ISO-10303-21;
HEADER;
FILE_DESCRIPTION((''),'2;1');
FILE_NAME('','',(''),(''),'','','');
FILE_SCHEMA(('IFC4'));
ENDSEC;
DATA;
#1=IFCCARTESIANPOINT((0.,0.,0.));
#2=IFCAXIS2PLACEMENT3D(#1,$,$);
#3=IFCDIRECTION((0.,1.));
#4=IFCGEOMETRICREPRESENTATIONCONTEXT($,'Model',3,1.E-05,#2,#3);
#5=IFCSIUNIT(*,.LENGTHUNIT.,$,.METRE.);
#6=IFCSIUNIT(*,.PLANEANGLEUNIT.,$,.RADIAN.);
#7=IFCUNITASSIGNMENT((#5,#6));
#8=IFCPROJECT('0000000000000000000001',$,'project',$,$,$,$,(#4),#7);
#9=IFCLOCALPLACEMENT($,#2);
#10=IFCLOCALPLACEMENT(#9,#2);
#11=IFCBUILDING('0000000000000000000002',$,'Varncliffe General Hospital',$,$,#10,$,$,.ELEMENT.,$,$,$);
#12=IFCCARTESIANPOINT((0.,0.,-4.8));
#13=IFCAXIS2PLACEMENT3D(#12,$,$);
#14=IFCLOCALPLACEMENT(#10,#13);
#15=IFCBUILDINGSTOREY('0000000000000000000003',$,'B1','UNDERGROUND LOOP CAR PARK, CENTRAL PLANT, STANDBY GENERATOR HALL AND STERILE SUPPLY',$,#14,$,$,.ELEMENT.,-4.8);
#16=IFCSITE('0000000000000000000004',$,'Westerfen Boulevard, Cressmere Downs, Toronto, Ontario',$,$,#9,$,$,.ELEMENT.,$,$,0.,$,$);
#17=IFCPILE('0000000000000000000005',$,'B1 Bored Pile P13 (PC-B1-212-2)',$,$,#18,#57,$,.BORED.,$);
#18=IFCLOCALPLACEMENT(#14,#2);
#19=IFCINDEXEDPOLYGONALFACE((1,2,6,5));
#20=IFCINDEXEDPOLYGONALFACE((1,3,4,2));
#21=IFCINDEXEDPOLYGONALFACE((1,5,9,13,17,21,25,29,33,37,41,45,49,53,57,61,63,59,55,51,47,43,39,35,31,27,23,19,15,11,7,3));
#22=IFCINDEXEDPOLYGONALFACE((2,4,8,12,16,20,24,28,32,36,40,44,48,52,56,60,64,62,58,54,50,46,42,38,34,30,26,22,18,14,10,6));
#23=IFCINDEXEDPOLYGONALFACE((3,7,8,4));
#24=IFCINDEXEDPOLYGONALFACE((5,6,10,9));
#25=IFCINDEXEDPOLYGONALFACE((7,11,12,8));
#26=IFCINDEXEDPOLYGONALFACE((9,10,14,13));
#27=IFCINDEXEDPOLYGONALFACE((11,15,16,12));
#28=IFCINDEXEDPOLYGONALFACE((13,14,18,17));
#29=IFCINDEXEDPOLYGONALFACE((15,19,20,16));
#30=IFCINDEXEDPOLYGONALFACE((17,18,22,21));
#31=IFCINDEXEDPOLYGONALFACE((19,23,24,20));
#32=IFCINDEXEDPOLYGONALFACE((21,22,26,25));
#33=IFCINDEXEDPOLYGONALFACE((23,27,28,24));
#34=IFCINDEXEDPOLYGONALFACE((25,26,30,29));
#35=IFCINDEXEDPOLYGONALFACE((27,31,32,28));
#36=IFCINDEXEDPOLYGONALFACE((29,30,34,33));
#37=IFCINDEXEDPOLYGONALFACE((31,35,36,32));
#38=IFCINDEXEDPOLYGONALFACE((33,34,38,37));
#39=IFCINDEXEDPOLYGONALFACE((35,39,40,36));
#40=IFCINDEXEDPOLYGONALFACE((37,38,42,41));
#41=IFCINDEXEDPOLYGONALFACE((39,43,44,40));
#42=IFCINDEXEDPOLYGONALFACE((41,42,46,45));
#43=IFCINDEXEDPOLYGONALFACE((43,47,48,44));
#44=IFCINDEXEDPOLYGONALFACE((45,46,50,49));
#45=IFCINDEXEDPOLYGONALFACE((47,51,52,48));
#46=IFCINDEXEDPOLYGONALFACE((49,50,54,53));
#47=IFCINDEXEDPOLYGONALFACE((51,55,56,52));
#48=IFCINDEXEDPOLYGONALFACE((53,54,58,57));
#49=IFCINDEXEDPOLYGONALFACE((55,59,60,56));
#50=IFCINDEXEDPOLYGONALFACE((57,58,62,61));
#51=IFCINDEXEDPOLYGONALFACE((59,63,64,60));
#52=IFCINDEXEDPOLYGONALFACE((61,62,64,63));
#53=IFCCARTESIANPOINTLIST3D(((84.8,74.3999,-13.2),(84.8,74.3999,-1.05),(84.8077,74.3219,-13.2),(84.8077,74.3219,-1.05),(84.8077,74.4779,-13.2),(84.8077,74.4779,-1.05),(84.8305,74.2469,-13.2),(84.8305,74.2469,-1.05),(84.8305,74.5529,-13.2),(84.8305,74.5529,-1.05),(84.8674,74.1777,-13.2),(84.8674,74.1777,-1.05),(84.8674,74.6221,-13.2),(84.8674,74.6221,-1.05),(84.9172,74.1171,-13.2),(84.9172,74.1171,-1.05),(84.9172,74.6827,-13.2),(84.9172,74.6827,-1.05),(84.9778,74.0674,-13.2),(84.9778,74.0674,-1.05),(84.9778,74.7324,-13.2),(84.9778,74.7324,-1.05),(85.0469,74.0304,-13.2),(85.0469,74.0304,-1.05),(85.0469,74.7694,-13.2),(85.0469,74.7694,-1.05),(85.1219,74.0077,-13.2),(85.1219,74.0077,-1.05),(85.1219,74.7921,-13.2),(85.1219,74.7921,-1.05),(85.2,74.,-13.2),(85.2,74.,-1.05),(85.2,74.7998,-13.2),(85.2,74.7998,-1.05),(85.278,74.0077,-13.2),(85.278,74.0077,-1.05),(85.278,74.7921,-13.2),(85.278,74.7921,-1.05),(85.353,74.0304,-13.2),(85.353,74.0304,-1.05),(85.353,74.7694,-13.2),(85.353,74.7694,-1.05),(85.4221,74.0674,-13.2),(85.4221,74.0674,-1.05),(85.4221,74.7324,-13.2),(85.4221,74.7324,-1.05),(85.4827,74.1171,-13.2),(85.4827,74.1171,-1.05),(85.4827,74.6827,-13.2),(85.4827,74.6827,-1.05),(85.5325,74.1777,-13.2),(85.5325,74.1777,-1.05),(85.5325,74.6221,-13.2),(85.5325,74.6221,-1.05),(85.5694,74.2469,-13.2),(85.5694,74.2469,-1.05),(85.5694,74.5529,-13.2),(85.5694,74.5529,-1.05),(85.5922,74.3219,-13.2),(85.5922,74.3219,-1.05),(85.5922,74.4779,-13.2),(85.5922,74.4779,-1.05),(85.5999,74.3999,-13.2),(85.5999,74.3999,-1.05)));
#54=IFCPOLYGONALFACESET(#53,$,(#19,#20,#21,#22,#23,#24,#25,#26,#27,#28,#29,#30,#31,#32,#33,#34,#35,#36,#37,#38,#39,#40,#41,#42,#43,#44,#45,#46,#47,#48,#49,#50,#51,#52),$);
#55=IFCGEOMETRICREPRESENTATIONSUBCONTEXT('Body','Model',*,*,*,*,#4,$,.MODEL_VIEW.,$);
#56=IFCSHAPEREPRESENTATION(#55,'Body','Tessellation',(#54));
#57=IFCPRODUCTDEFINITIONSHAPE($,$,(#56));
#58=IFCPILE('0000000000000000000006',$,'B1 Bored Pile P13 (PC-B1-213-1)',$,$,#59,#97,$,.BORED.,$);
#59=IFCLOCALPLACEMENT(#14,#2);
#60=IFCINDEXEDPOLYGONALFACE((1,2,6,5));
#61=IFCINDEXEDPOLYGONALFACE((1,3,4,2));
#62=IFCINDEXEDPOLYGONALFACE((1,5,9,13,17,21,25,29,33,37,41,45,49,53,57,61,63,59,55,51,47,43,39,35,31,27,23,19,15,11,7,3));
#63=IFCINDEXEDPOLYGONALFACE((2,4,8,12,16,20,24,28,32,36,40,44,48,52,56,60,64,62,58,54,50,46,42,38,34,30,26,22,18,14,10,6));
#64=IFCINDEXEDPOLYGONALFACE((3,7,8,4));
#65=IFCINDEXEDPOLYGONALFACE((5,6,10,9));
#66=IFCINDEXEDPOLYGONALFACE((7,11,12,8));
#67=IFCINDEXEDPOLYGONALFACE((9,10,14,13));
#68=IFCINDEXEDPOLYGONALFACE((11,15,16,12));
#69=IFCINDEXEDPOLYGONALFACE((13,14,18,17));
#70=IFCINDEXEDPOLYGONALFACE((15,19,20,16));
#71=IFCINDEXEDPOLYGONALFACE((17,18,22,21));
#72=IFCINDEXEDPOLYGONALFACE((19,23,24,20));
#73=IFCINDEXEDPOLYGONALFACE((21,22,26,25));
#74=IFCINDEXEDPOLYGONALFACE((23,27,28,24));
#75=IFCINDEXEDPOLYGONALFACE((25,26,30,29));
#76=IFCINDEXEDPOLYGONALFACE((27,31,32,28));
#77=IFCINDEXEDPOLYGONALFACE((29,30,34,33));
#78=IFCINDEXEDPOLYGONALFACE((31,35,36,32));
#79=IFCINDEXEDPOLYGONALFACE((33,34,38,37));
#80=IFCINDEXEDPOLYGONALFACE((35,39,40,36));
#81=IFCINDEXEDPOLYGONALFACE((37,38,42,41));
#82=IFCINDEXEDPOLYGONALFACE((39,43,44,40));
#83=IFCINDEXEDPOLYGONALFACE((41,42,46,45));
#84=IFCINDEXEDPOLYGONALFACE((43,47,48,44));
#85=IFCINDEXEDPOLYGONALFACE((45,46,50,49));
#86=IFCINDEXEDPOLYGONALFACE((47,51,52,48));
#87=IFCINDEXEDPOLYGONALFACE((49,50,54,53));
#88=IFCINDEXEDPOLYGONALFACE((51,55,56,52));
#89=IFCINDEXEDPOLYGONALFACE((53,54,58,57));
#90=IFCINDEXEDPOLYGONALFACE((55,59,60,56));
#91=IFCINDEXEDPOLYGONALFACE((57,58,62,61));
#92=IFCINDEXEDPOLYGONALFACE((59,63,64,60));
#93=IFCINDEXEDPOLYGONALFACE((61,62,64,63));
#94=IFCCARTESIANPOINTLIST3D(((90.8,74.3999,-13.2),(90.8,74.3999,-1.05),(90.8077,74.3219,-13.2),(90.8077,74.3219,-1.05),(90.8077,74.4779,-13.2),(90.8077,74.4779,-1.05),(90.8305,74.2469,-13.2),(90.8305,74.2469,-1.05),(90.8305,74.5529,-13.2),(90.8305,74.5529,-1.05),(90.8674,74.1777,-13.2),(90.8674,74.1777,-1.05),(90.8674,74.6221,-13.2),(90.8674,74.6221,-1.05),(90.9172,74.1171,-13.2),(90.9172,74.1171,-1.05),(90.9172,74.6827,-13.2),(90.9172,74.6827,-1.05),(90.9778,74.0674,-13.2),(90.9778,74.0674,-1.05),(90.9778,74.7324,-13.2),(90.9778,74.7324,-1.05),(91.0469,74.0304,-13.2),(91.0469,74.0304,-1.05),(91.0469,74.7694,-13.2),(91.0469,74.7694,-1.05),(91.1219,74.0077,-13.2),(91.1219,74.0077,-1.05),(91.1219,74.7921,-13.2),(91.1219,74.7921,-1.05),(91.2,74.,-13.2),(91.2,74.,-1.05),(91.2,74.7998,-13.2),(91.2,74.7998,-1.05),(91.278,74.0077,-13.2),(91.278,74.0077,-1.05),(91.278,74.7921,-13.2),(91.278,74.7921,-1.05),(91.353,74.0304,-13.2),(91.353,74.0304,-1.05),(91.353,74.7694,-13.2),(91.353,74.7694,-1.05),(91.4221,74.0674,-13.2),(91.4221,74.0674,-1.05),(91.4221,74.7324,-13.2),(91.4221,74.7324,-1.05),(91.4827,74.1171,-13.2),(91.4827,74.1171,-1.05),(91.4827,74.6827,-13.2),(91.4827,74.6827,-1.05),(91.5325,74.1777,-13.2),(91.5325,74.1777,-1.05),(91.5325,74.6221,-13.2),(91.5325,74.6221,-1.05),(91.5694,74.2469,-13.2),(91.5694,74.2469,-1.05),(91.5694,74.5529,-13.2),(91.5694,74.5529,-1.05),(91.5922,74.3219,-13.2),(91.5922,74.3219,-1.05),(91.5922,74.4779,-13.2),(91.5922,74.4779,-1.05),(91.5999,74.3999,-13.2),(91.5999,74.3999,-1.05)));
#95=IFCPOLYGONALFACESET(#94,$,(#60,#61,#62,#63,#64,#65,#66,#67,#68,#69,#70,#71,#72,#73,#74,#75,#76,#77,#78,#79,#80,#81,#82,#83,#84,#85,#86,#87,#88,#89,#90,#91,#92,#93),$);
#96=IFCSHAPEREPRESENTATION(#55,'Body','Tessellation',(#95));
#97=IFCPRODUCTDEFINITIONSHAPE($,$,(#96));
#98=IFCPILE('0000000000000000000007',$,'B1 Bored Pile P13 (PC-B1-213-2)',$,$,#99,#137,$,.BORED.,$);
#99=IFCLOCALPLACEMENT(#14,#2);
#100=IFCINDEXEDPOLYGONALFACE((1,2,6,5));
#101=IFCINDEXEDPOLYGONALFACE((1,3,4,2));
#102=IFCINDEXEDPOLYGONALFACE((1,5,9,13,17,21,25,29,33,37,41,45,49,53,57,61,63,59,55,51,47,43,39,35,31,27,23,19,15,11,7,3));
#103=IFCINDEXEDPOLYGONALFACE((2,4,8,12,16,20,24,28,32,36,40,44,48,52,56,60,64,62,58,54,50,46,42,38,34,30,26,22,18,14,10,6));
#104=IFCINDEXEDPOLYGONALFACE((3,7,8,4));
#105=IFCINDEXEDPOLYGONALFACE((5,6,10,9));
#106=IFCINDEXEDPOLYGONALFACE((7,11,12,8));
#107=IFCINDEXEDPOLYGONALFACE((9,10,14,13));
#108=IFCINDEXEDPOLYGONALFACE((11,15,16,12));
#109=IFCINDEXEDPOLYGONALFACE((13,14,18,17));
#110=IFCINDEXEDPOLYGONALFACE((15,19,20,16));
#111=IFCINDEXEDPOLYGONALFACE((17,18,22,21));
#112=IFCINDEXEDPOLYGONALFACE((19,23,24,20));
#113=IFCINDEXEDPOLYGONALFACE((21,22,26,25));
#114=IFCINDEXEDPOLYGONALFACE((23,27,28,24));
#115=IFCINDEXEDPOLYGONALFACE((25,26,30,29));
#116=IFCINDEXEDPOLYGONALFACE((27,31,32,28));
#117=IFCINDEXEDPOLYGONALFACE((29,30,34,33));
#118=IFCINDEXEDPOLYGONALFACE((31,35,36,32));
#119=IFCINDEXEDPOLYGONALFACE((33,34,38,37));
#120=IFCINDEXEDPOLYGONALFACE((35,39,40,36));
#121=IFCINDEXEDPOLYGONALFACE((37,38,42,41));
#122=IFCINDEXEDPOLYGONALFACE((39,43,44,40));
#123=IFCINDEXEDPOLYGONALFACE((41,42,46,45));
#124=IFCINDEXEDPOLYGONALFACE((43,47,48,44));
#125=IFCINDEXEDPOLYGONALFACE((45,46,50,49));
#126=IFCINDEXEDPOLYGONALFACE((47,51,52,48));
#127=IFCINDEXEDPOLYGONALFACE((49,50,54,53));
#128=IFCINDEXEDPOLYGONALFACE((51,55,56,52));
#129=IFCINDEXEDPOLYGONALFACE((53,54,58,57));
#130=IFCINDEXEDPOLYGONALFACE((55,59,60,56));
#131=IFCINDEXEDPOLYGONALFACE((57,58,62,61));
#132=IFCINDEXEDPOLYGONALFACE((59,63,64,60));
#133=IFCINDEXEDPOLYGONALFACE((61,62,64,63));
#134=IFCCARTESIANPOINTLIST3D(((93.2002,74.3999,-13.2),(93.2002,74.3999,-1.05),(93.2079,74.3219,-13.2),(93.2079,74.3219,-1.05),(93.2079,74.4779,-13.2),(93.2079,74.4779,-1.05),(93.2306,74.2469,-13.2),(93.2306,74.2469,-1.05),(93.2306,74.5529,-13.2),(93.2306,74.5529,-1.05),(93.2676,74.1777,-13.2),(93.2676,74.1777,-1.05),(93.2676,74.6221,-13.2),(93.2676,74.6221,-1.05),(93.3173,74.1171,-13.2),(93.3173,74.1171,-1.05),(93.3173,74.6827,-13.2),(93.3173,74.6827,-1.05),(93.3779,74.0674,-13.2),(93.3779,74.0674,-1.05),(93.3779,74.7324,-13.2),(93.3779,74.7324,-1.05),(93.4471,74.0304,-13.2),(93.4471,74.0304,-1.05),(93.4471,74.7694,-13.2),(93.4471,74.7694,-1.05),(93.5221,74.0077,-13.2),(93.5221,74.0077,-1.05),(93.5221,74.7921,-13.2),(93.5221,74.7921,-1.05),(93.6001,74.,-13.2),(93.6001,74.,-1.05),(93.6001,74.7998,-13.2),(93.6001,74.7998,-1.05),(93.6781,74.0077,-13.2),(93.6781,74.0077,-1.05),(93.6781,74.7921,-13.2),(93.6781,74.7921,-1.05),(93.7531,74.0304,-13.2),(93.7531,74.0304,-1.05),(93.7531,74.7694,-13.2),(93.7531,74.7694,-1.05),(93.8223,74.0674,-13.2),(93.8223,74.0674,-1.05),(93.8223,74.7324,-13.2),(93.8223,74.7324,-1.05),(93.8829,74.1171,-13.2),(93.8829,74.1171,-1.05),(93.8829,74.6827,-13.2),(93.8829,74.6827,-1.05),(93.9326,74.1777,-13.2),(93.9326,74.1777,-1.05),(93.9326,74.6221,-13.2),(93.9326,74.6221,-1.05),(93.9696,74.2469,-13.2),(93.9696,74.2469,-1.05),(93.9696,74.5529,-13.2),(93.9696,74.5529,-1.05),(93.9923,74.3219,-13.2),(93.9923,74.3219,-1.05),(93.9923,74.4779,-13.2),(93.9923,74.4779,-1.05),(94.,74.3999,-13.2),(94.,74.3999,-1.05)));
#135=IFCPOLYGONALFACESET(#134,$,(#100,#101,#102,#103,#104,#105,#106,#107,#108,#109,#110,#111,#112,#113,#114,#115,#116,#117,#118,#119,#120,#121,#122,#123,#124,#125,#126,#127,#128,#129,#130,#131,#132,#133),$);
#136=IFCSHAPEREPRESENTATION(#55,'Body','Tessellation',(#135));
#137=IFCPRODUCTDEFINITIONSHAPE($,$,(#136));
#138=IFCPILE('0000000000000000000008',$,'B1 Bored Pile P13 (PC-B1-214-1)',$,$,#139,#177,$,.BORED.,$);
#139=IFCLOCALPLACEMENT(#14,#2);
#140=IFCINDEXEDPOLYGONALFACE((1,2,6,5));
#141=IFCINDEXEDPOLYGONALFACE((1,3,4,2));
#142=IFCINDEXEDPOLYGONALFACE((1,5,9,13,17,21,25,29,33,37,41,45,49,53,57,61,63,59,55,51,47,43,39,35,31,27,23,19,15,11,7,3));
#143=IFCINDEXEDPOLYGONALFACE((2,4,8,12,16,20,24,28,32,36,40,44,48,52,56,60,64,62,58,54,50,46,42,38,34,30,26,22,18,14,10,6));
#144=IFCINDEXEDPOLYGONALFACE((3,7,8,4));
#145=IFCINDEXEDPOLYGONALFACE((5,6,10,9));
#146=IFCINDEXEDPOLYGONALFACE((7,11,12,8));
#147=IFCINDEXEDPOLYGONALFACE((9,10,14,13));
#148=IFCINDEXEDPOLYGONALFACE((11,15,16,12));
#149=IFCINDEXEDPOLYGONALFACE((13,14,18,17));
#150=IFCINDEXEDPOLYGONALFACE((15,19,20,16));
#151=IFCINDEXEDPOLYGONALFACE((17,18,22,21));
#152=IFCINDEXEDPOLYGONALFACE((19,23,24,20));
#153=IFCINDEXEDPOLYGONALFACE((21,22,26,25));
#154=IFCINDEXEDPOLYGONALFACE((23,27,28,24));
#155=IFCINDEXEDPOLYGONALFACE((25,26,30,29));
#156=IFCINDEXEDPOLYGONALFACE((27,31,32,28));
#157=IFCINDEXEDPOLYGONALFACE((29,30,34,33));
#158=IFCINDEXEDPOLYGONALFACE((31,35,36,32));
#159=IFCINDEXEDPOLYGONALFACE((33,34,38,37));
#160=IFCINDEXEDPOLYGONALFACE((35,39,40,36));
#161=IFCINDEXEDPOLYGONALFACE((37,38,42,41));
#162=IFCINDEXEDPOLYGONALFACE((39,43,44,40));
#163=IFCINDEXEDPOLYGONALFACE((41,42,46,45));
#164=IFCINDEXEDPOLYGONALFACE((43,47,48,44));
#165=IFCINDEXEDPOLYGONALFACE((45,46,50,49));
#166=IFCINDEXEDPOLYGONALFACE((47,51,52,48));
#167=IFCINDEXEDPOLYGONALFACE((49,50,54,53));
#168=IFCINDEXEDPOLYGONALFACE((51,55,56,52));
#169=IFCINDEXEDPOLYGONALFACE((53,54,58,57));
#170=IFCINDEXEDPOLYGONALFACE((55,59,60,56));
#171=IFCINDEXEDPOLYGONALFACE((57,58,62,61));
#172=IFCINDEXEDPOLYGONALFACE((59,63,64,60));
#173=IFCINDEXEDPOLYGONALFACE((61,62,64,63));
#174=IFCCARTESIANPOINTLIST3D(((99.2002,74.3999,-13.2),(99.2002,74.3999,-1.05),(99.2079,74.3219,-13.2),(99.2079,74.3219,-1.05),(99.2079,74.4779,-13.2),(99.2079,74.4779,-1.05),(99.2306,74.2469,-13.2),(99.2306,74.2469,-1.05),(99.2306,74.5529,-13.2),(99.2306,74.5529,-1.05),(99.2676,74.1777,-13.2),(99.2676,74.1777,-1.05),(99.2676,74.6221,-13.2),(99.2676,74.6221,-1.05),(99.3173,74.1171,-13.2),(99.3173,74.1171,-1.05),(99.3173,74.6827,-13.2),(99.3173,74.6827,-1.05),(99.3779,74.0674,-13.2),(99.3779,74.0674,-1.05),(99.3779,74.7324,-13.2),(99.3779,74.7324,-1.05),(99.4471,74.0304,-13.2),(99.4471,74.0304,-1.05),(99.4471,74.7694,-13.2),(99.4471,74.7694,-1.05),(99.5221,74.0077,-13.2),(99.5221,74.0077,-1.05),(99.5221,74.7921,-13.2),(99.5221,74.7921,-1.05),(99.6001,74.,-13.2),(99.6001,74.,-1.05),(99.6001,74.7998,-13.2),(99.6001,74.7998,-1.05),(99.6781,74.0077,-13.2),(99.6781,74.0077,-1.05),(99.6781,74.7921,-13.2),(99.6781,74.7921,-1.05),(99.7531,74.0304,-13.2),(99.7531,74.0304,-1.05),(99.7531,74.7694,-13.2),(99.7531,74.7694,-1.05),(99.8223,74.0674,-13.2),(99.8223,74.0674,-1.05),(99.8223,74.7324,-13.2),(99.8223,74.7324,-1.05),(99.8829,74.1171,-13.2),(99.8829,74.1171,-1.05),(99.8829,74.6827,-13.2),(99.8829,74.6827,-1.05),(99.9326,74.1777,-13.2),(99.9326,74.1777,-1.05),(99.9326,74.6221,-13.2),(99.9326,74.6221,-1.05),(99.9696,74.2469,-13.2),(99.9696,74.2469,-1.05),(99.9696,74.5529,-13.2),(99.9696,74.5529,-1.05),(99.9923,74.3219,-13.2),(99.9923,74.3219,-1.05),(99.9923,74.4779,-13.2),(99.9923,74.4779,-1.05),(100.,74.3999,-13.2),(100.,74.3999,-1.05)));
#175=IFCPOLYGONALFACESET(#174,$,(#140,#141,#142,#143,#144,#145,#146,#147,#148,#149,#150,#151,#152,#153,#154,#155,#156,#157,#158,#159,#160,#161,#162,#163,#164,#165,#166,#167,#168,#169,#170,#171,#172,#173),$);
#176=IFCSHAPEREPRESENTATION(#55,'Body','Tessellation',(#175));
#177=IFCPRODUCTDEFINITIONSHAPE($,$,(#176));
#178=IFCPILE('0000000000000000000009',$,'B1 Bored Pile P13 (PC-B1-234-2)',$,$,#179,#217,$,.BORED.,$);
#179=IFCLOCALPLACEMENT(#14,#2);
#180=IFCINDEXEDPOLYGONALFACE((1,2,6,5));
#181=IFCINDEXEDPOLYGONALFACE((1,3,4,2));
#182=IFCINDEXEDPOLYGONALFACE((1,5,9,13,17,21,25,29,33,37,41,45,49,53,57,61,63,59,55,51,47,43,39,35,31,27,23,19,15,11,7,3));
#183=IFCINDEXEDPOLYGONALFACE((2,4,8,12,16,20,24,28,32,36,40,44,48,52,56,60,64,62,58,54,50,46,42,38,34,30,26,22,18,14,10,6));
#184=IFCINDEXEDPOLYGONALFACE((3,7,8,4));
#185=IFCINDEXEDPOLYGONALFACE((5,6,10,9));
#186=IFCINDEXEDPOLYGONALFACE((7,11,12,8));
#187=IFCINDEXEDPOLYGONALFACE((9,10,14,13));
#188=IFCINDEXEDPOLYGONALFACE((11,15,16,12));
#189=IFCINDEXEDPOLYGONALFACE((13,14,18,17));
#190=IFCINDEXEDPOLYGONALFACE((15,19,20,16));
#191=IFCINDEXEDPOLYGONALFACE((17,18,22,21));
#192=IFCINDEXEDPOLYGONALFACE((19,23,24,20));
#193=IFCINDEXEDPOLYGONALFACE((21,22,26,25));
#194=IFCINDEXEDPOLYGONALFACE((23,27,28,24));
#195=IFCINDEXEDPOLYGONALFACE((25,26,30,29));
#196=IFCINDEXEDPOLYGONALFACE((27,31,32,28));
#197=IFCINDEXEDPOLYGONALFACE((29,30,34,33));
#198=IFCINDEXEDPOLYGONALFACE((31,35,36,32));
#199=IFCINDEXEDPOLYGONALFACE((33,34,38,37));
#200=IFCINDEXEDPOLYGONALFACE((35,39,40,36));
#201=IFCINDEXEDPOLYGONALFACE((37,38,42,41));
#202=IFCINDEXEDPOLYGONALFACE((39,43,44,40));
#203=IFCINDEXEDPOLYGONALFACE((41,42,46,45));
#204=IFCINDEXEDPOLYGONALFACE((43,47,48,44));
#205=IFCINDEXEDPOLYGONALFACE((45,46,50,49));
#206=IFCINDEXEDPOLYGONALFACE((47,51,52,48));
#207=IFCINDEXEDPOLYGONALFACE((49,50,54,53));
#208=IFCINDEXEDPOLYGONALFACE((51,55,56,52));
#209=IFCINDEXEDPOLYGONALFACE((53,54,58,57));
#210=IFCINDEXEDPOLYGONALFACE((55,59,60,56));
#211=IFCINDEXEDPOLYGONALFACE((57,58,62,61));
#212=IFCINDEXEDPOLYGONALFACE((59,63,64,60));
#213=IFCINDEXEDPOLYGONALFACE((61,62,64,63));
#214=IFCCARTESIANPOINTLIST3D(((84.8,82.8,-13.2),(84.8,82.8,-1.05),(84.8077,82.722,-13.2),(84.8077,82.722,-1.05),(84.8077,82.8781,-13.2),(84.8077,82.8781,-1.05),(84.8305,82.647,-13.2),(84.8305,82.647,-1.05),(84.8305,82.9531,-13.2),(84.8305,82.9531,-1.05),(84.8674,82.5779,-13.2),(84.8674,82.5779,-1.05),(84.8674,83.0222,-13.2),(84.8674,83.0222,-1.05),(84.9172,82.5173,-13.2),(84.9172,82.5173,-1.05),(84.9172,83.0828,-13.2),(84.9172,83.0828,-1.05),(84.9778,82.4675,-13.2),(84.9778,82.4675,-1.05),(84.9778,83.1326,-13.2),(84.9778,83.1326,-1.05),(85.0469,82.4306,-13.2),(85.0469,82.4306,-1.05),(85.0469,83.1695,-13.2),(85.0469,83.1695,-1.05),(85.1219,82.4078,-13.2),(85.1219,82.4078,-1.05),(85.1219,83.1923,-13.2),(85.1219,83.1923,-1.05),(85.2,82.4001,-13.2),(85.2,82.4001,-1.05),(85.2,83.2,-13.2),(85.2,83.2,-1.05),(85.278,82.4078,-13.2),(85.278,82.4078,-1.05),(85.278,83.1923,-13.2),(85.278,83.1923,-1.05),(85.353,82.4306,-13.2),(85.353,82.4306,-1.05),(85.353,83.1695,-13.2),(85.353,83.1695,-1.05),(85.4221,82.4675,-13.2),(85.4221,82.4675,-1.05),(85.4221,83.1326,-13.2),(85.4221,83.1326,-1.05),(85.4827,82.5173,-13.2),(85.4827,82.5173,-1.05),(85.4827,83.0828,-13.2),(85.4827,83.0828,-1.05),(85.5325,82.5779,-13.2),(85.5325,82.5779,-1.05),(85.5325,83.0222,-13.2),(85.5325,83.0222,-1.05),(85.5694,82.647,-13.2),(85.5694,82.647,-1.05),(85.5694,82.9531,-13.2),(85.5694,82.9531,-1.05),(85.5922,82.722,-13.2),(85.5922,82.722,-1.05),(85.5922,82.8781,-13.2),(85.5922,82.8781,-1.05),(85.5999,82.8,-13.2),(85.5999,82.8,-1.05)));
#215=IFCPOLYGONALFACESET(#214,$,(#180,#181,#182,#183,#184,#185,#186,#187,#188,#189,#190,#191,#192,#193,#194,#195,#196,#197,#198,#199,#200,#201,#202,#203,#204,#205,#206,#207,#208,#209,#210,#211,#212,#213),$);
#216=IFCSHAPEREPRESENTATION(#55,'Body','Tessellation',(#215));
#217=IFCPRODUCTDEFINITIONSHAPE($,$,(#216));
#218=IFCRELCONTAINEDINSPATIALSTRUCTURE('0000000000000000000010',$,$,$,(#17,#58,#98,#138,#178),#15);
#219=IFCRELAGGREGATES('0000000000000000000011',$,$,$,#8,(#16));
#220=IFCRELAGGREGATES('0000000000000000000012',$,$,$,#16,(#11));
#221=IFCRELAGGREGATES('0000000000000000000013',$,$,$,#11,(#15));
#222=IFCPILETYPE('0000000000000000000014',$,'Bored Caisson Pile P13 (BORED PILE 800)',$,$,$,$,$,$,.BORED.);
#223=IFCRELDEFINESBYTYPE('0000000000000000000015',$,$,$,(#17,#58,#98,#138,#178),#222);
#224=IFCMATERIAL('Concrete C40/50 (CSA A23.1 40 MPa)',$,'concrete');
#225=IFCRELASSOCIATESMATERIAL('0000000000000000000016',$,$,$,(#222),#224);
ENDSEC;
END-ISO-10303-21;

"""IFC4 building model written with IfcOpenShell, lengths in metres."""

from ifc_helpers import new_model, si_unit, direction, frame, origin, origin_2d, place, context, subcontext, project, spatial, circle, extrude, material, material_profile, profile_set, type_object, element, save


model = new_model("IFC4")

# Units and contexts
model_context = context("Model", 3, precision=1e-05, world=origin(), true_north=direction((0.0, 1.0)))
body_context = subcontext(model_context, "Body", "Model", "MODEL_VIEW")
ifc_project = project(units=[si_unit("LENGTHUNIT", "METRE"), si_unit("PLANEANGLEUNIT", "RADIAN")], contexts=[model_context])

# Site, building, storey
site_placement = place(None, origin())
site = spatial("IfcSite", under=ifc_project, at=site_placement, Name="Westerfen Boulevard, Cressmere Downs, Toronto, Ontario", CompositionType="ELEMENT", RefElevation=0.0)
building_placement = place(site_placement, origin())
building = spatial("IfcBuilding", under=site, at=building_placement, Name="Varncliffe General Hospital", CompositionType="ELEMENT")
storey_placement = place(building_placement, frame((0.0, 0.0, -4.8)))
storey = spatial("IfcBuildingStorey", under=building, at=storey_placement, Name="B1", Description="UNDERGROUND LOOP CAR PARK, CENTRAL PLANT, STANDBY GENERATOR HALL AND STERILE SUPPLY", CompositionType="ELEMENT", Elevation=-4.8)

# Piles
ifc_material_1 = material(Name="Concrete C40/50 (CSA A23.1 40 MPa)", Category="concrete")
ifc_material_profile_1 = material_profile(ifc_material_1, circle(Radius=0.3999, at=origin_2d()), Name="BORED PILE 800")
ifc_profile_set_1 = profile_set([ifc_material_profile_1], Name="Concrete C40/50 (CSA A23.1 40 MPa)")
pile_type = type_object("IfcPileType", Name="Bored Caisson Pile P13 (BORED PILE 800)", PredefinedType="BORED", material=ifc_profile_set_1)
for number, where, z_axis, x_axis, name in (
    (1, (85.2, 74.3999, -1.05), (0.0, 0.0, -1.0), (1.0, 0.0, 0.0), "B1 Bored Pile P13 (PC-B1-212-2)"),
    (2, (91.2, 74.3999, -1.05), (0.0, 0.0, -1.0), (1.0, 0.0, 0.0), "B1 Bored Pile P13 (PC-B1-213-1)"),
    (3, (93.6001, 74.3999, -1.05), (0.0, 0.0, -1.0), (1.0, 0.0, 0.0), "B1 Bored Pile P13 (PC-B1-213-2)"),
    (4, (99.6001, 74.3999, -1.05), (0.0, 0.0, -1.0), (1.0, 0.0, 0.0), "B1 Bored Pile P13 (PC-B1-214-1)"),
    (5, (85.2, 82.8, -1.05), (0.0, 0.0, -1.0), (1.0, 0.0, 0.0), "B1 Bored Pile P13 (PC-B1-234-2)"),
):
    element("IfcPile", number, at=place(storey_placement, frame(where, z_axis=z_axis, x_axis=x_axis)), inside=storey, type_object=pile_type, Name=name, PredefinedType="BORED", context=body_context, shape_type="SweptSolid", body=[
        extrude(circle(Radius=0.3999, at=origin_2d()), origin(), (0.0, 0.0, 1.0), 12.1499),
    ])

save(model, "model.ifc")
